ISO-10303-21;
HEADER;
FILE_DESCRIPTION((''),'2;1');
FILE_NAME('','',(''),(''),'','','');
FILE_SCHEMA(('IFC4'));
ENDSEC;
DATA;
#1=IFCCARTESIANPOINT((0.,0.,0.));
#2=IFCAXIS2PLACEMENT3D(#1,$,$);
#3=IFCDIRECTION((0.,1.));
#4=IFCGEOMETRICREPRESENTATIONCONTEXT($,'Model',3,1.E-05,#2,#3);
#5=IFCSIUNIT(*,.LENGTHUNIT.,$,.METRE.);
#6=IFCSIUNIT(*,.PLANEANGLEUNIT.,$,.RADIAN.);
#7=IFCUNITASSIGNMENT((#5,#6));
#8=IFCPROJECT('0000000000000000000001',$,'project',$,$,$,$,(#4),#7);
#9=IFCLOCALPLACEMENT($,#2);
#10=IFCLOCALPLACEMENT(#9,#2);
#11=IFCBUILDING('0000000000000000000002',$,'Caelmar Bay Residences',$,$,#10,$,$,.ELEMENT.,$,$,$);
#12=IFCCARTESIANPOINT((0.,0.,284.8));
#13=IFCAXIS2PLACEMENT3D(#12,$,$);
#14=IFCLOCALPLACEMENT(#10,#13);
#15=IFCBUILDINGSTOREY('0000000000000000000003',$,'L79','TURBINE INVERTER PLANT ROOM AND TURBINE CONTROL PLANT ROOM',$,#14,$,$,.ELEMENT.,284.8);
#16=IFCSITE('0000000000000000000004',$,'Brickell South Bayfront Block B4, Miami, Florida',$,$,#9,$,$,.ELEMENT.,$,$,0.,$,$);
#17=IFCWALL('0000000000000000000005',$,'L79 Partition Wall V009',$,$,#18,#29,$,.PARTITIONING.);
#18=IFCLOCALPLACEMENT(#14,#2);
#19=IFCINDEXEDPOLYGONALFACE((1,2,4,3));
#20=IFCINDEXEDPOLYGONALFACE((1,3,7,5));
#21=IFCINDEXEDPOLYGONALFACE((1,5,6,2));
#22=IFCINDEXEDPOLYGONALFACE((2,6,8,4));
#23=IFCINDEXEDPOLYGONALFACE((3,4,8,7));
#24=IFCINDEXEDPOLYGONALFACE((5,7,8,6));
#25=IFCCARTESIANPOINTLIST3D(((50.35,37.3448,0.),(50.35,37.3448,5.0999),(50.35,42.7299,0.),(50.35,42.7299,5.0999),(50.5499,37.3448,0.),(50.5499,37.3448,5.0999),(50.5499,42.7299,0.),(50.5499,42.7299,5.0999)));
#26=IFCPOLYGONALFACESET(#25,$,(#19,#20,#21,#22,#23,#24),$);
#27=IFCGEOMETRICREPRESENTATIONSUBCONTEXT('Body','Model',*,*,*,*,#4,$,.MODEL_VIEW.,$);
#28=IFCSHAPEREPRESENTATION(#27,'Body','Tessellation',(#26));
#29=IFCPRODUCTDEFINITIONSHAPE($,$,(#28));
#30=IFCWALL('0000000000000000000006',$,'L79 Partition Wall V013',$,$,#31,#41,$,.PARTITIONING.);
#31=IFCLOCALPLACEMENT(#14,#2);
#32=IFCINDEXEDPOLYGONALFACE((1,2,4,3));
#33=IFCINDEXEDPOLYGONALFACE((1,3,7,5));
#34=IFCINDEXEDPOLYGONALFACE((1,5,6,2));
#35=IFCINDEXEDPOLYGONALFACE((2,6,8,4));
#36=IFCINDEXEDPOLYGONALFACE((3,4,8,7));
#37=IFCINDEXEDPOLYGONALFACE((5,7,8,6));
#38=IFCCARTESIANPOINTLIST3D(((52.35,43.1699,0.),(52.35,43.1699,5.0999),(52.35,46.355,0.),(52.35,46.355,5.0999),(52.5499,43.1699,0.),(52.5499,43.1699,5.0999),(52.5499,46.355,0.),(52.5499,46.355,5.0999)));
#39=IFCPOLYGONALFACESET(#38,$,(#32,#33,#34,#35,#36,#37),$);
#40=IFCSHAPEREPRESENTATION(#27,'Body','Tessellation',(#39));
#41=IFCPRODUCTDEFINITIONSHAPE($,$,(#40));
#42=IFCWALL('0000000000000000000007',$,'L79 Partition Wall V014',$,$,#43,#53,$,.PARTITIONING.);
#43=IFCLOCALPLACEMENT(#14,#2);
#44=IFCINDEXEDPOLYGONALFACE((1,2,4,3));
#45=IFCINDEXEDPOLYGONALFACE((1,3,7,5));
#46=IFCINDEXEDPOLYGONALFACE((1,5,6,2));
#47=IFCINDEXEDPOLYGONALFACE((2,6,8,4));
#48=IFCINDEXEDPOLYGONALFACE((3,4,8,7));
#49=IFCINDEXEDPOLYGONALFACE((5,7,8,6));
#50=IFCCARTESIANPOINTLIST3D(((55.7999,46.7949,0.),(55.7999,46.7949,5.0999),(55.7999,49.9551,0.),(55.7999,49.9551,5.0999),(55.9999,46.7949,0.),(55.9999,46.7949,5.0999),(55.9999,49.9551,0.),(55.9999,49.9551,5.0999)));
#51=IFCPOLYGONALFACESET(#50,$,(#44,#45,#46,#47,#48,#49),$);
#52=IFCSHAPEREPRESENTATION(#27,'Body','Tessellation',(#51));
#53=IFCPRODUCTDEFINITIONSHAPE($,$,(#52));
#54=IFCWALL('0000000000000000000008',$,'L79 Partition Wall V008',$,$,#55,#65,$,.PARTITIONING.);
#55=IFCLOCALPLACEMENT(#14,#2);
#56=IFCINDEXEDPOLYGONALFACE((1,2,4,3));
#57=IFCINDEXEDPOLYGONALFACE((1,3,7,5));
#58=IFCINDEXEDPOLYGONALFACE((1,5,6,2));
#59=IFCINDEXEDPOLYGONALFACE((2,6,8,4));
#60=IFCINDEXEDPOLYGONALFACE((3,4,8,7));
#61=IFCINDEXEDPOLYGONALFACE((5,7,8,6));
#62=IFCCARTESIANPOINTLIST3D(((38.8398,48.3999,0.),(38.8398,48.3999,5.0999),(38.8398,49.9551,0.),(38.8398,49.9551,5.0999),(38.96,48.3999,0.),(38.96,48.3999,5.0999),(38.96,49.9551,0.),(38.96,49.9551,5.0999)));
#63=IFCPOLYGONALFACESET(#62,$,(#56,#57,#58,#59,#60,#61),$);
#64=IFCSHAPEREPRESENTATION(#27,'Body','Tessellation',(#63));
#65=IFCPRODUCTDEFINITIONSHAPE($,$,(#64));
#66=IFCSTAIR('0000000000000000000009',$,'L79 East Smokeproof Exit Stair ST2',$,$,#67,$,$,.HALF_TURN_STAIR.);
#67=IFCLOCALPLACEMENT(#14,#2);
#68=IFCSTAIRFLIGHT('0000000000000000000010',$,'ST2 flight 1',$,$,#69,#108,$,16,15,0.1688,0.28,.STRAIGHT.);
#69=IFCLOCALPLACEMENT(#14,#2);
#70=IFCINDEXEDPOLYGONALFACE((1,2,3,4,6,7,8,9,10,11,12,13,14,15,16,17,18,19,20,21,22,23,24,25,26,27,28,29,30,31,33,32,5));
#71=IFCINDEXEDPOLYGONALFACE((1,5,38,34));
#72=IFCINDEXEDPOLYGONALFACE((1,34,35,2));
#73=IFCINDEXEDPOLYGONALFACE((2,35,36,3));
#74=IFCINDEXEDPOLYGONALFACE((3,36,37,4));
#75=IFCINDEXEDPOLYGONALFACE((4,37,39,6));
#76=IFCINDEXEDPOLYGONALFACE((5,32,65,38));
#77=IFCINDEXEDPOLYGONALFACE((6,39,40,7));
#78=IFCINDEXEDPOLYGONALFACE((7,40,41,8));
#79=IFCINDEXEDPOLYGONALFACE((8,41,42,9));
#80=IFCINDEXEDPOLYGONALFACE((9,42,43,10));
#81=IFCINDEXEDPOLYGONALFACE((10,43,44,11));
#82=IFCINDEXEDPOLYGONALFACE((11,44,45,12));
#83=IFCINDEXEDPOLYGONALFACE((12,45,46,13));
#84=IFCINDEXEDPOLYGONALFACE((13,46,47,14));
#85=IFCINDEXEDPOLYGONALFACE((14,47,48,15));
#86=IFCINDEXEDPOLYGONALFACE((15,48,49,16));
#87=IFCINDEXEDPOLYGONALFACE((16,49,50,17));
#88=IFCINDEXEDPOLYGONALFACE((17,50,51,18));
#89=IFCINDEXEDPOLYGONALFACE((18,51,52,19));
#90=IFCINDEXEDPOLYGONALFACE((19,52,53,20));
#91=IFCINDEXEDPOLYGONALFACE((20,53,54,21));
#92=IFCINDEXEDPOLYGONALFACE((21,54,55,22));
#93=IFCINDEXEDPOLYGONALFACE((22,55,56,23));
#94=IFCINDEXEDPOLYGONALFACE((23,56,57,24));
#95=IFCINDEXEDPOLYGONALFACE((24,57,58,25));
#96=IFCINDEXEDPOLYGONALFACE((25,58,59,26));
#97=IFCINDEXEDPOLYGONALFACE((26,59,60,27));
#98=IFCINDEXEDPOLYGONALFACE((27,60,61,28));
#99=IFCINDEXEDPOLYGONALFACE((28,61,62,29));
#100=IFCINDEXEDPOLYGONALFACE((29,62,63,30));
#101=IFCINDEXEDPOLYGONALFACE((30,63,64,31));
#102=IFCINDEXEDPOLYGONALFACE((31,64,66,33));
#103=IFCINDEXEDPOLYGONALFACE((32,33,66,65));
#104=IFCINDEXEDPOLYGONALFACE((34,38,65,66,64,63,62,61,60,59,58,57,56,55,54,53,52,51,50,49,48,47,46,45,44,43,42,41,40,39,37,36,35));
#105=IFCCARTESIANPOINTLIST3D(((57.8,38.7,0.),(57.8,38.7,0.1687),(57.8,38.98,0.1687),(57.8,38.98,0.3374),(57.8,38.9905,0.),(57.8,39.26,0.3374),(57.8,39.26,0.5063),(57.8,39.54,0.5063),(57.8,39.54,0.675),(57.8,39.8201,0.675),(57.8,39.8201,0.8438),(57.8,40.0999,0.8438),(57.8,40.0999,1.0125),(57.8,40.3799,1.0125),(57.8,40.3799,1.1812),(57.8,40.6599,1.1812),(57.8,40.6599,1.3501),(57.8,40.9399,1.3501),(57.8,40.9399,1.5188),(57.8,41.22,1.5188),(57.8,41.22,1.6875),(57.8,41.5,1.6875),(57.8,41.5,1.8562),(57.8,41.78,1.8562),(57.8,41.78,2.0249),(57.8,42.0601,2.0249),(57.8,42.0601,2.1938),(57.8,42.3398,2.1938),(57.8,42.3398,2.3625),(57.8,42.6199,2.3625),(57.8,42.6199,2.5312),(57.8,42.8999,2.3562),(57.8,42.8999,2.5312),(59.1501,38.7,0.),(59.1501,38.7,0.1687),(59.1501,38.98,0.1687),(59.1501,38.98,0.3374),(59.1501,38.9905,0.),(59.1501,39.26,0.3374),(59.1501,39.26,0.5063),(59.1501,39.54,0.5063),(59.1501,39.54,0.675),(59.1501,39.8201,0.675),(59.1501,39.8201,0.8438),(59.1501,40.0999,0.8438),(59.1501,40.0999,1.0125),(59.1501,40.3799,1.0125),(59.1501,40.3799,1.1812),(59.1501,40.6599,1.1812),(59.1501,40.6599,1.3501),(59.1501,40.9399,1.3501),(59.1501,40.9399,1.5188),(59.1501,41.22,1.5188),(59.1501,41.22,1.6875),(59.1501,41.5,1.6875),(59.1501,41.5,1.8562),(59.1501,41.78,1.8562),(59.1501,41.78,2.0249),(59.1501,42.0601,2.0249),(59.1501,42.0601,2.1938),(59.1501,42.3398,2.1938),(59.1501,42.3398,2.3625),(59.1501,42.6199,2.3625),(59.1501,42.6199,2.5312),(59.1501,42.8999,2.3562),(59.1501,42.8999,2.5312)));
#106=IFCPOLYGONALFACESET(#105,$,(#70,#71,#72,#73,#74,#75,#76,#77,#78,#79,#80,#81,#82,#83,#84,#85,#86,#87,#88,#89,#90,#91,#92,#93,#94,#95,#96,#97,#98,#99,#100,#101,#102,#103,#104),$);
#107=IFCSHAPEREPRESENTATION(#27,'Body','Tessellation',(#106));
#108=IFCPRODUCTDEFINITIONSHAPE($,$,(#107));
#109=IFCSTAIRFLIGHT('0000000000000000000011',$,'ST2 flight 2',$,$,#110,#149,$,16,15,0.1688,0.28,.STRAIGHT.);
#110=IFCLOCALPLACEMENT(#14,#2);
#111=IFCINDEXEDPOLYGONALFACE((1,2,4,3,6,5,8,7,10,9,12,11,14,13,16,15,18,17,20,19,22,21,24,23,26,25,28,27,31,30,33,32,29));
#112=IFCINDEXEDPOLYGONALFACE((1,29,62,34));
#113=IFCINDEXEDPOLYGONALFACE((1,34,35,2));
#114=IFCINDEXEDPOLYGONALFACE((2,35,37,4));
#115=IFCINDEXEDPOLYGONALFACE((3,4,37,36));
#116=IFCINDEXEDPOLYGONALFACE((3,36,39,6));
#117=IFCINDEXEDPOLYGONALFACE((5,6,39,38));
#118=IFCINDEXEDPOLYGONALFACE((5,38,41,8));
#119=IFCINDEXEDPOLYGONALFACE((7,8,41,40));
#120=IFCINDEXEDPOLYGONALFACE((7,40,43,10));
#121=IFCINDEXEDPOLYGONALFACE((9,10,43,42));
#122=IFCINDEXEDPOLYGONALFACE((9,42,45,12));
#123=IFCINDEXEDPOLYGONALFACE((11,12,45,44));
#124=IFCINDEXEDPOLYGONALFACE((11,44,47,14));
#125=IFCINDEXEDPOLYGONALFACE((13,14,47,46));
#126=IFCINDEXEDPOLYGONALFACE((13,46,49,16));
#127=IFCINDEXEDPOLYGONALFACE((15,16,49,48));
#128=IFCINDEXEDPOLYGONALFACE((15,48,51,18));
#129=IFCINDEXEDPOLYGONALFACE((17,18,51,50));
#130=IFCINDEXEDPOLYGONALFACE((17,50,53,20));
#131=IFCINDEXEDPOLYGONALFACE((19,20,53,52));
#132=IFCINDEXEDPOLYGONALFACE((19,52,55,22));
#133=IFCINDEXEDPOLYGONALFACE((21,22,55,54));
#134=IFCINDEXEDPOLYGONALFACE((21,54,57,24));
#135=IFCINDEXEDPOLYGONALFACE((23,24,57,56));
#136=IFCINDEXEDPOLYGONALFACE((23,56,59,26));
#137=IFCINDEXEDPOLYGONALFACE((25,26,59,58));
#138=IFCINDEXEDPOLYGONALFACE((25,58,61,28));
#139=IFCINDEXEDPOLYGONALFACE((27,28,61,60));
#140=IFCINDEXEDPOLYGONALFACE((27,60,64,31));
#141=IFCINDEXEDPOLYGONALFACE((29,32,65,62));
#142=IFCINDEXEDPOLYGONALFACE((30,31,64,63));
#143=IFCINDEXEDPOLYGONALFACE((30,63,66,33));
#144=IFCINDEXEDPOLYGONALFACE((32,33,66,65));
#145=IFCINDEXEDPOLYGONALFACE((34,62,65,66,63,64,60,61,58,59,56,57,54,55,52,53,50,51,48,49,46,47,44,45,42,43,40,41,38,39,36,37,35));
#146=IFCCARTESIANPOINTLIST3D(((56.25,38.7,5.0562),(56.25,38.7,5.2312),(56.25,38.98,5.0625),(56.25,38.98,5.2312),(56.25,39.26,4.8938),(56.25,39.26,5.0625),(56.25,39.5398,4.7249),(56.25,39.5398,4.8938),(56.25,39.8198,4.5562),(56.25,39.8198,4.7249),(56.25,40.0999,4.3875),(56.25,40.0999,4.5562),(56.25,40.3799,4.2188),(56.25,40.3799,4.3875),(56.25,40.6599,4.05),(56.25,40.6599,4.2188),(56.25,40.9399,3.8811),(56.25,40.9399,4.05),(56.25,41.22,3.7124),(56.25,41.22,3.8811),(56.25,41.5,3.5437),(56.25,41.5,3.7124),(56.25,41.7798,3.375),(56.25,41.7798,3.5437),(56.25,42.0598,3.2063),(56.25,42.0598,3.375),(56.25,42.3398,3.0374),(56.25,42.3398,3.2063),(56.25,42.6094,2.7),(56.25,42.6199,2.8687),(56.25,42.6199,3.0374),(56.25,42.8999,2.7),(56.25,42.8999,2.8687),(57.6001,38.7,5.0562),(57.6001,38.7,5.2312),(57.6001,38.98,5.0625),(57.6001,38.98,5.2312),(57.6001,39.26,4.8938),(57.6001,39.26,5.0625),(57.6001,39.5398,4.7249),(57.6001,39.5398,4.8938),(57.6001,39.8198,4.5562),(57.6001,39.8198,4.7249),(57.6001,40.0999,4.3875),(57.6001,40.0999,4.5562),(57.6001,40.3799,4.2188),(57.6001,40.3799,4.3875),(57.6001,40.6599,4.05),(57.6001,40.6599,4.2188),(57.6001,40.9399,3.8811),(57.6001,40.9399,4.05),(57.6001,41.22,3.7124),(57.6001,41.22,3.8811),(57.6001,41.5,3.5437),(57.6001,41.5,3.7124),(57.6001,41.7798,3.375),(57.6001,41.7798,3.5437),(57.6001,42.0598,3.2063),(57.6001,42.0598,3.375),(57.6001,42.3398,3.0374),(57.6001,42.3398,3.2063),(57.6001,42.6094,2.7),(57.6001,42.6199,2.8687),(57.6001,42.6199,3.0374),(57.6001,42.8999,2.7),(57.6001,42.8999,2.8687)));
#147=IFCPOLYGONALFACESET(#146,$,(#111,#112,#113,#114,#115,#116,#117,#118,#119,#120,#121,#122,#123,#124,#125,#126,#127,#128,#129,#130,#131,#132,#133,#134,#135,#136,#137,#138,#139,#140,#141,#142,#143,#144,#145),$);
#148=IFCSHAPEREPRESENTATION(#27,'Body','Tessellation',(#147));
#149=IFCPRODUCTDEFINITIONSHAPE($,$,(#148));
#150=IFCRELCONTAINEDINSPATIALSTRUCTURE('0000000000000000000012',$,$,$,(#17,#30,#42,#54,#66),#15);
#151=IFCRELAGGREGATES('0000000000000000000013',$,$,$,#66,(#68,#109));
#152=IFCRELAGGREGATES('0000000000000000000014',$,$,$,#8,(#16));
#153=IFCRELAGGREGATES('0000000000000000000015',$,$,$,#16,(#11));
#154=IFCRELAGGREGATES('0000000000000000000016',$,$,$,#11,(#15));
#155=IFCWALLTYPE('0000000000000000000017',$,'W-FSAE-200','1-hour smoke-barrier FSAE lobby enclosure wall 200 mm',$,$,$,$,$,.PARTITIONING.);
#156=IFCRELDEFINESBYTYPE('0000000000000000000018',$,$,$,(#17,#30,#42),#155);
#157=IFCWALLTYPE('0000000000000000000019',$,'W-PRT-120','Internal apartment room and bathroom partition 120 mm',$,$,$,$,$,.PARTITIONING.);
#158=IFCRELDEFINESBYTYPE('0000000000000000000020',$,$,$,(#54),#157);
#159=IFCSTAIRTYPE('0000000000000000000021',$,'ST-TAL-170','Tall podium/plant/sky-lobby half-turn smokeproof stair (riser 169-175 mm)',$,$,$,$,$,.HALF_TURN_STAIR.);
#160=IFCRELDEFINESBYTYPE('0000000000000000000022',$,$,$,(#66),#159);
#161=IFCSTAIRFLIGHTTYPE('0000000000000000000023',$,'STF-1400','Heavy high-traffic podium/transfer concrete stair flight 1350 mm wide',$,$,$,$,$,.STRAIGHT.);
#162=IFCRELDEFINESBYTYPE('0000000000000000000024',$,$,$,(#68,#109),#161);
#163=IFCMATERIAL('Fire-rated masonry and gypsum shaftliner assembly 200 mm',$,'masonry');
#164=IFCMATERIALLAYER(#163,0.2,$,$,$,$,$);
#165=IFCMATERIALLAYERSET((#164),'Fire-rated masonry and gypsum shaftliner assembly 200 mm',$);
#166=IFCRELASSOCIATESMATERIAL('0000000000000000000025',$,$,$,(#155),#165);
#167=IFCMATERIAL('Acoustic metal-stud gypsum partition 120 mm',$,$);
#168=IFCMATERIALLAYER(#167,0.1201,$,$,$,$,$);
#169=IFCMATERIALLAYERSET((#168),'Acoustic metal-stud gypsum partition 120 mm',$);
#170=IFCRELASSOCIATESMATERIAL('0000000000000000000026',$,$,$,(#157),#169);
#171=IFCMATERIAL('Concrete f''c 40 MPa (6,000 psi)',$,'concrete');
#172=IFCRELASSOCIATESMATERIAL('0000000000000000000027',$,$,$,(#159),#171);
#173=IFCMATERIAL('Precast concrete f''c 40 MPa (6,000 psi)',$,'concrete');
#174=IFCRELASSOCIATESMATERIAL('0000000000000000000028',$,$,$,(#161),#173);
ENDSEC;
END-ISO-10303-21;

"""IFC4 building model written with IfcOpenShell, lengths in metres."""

from ifc_helpers import new_model, si_unit, direction, frame, frame_2d, origin, place, context, subcontext, project, spatial, polyline, rectangle, outline, extrude, material, layer, layer_set, type_object, element, aggregate, save


model = new_model("IFC4")

# Units and contexts
model_context = context("Model", 3, precision=1e-05, world=origin(), true_north=direction((0.0, 1.0)))
body_context = subcontext(model_context, "Body", "Model", "MODEL_VIEW")
ifc_project = project(units=[si_unit("LENGTHUNIT", "METRE"), si_unit("PLANEANGLEUNIT", "RADIAN")], contexts=[model_context])

# Site, building, storey
site_placement = place(None, origin())
site = spatial("IfcSite", under=ifc_project, at=site_placement, Name="Brickell South Bayfront Block B4, Miami, Florida", CompositionType="ELEMENT", RefElevation=0.0)
building_placement = place(site_placement, origin())
building = spatial("IfcBuilding", under=site, at=building_placement, Name="Caelmar Bay Residences", CompositionType="ELEMENT")
storey_placement = place(building_placement, frame((0.0, 0.0, 284.8)))
storey = spatial("IfcBuildingStorey", under=building, at=storey_placement, Name="L79", Description="TURBINE INVERTER PLANT ROOM AND TURBINE CONTROL PLANT ROOM", CompositionType="ELEMENT", Elevation=284.8)

# Walls
ifc_material_1 = material(Name="Precast concrete f'c 40 MPa (6,000 psi)", Category="concrete")
ifc_material_2 = material(Name="Fire-rated masonry and gypsum shaftliner assembly 200 mm", Category="masonry")
ifc_layer_1 = layer(ifc_material_2, 0.2)
ifc_layer_set_1 = layer_set([ifc_layer_1], Name="Fire-rated masonry and gypsum shaftliner assembly 200 mm")
wall_type_1 = type_object("IfcWallType", Name="W-FSAE-200", Description="1-hour smoke-barrier FSAE lobby enclosure wall 200 mm", PredefinedType="PARTITIONING", material=ifc_layer_set_1)
wall_1_placement = place(storey_placement, frame((50.45, 37.345, 0.0), z_axis=(0.0, 0.0, 1.0), x_axis=(0.0, 1.0, 0.0)))
element("IfcWall", 1, at=wall_1_placement, inside=storey, type_object=wall_type_1, Name="L79 Partition Wall V009", PredefinedType="PARTITIONING", context=body_context, shape_type="SweptSolid", body=[
    extrude(rectangle(XDim=5.385, YDim=0.2, at=frame_2d((2.6924, 0.0))), origin(), (0.0, 0.0, 1.0), 5.0999),
])
wall_2_placement = place(storey_placement, frame((52.45, 43.1699, 0.0), z_axis=(0.0, 0.0, 1.0), x_axis=(0.0, 1.0, 0.0)))
element("IfcWall", 2, at=wall_2_placement, inside=storey, type_object=wall_type_1, Name="L79 Partition Wall V013", PredefinedType="PARTITIONING", context=body_context, shape_type="SweptSolid", body=[
    extrude(rectangle(XDim=3.1851, YDim=0.2, at=frame_2d((1.5925, 0.0))), origin(), (0.0, 0.0, 1.0), 5.0999),
])
wall_3_placement = place(storey_placement, frame((55.8999, 46.7949, 0.0), z_axis=(0.0, 0.0, 1.0), x_axis=(0.0, 1.0, 0.0)))
element("IfcWall", 3, at=wall_3_placement, inside=storey, type_object=wall_type_1, Name="L79 Partition Wall V014", PredefinedType="PARTITIONING", context=body_context, shape_type="SweptSolid", body=[
    extrude(rectangle(XDim=3.1602, YDim=0.2, at=frame_2d((1.5801, 0.0))), origin(), (0.0, 0.0, 1.0), 5.0999),
])
ifc_material_3 = material(Name="Acoustic metal-stud gypsum partition 120 mm")
ifc_layer_2 = layer(ifc_material_3, 0.1201)
ifc_layer_set_2 = layer_set([ifc_layer_2], Name="Acoustic metal-stud gypsum partition 120 mm")
wall_type_2 = type_object("IfcWallType", Name="W-PRT-120", Description="Internal apartment room and bathroom partition 120 mm", PredefinedType="PARTITIONING", material=ifc_layer_set_2)
wall_4_placement = place(storey_placement, frame((38.8999, 48.3999, 0.0), z_axis=(0.0, 0.0, 1.0), x_axis=(0.0, 1.0, 0.0)))
element("IfcWall", 4, at=wall_4_placement, inside=storey, type_object=wall_type_2, Name="L79 Partition Wall V008", PredefinedType="PARTITIONING", context=body_context, shape_type="SweptSolid", body=[
    extrude(rectangle(XDim=1.5552, YDim=0.1201, at=frame_2d((0.7776, 0.0))), origin(), (0.0, 0.0, 1.0), 5.0999),
])

# Stair, stair flights
ifc_material_4 = material(Name="Concrete f'c 40 MPa (6,000 psi)", Category="concrete")
stair_type = type_object("IfcStairType", Name="ST-TAL-170", Description="Tall podium/plant/sky-lobby half-turn smokeproof stair (riser 169-175 mm)", PredefinedType="HALF_TURN_STAIR", material=ifc_material_4)
stair_placement = place(storey_placement, origin())
stair = element("IfcStair", 5, at=stair_placement, inside=storey, type_object=stair_type, Name="L79 East Smokeproof Exit Stair ST2", PredefinedType="HALF_TURN_STAIR")
stair_flight_type = type_object("IfcStairFlightType", Name="STF-1400", Description="Heavy high-traffic podium/transfer concrete stair flight 1350 mm wide", PredefinedType="STRAIGHT", material=ifc_material_1)
stair_flight_1_placement = place(storey_placement, frame((58.4751, 38.7, 0.0), z_axis=(0.0, 0.0, 1.0), x_axis=(0.0, 1.0, 0.0)))
stair_flight_1 = element("IfcStairFlight", 6, at=stair_flight_1_placement, type_object=stair_flight_type, Name="ST2 flight 1", NumberOfRisers=16, NumberOfTreads=15, PredefinedType="STRAIGHT", RiserHeight=0.1688, TreadLength=0.28, context=body_context, shape_type="SweptSolid", body=[
    extrude(outline(polyline([(0.0, 0.0), (0.0, 0.1687), (0.28, 0.1687), (0.28, 0.3374), (0.5601, 0.3374), (0.5601, 0.5063), (0.8401, 0.5063), (0.8401, 0.675), (1.1201, 0.675), (1.1201, 0.8438), (1.3999, 0.8438), (1.3999, 1.0125), (1.6799, 1.0125), (1.6799, 1.1812), (1.96, 1.1812), (1.96, 1.3501), (2.24, 1.3501), (2.24, 1.5188), (2.52, 1.5188), (2.52, 1.6875), (2.8, 1.6875), (2.8, 1.8562), (3.0801, 1.8562), (3.0801, 2.0249), (3.3601, 2.0249), (3.3601, 2.1938), (3.6399, 2.1938), (3.6399, 2.3625), (3.9199, 2.3625), (3.9199, 2.5312), (4.2, 2.5312), (4.2, 2.7), (4.2, 2.3562), (0.2905, 0.0), (0.0, 0.0)])), frame((0.0, 0.675, 0.0), z_axis=(0.0, -1.0, 0.0), x_axis=(1.0, 0.0, 0.0)), (0.0, 0.0, 1.0), 1.3501),
])
stair_flight_2_placement = place(storey_placement, frame((56.925, 42.8999, 2.7), z_axis=(0.0, 0.0, 1.0), x_axis=(0.0, -1.0, 0.0)))
stair_flight_2 = element("IfcStairFlight", 7, at=stair_flight_2_placement, type_object=stair_flight_type, Name="ST2 flight 2", NumberOfRisers=16, NumberOfTreads=15, PredefinedType="STRAIGHT", RiserHeight=0.1688, TreadLength=0.28, context=body_context, shape_type="SweptSolid", body=[
    extrude(outline(polyline([(0.0, 0.0), (0.0, 0.1687), (0.28, 0.1687), (0.28, 0.3374), (0.5601, 0.3374), (0.5601, 0.5063), (0.8401, 0.5063), (0.8401, 0.675), (1.1201, 0.675), (1.1201, 0.8438), (1.3999, 0.8438), (1.3999, 1.0125), (1.6799, 1.0125), (1.6799, 1.1812), (1.96, 1.1812), (1.96, 1.3501), (2.24, 1.3501), (2.24, 1.5188), (2.52, 1.5188), (2.52, 1.6875), (2.8, 1.6875), (2.8, 1.8562), (3.0801, 1.8562), (3.0801, 2.0249), (3.3601, 2.0249), (3.3601, 2.1938), (3.6399, 2.1938), (3.6399, 2.3625), (3.9199, 2.3625), (3.9199, 2.5312), (4.2, 2.5312), (4.2, 2.7), (4.2, 2.3562), (0.2905, 0.0), (0.0, 0.0)])), frame((0.0, 0.675, 0.0), z_axis=(0.0, -1.0, 0.0), x_axis=(1.0, 0.0, 0.0)), (0.0, 0.0, 1.0), 1.3501),
])
aggregate(stair, [stair_flight_1, stair_flight_2])

save(model, "model.ifc")
